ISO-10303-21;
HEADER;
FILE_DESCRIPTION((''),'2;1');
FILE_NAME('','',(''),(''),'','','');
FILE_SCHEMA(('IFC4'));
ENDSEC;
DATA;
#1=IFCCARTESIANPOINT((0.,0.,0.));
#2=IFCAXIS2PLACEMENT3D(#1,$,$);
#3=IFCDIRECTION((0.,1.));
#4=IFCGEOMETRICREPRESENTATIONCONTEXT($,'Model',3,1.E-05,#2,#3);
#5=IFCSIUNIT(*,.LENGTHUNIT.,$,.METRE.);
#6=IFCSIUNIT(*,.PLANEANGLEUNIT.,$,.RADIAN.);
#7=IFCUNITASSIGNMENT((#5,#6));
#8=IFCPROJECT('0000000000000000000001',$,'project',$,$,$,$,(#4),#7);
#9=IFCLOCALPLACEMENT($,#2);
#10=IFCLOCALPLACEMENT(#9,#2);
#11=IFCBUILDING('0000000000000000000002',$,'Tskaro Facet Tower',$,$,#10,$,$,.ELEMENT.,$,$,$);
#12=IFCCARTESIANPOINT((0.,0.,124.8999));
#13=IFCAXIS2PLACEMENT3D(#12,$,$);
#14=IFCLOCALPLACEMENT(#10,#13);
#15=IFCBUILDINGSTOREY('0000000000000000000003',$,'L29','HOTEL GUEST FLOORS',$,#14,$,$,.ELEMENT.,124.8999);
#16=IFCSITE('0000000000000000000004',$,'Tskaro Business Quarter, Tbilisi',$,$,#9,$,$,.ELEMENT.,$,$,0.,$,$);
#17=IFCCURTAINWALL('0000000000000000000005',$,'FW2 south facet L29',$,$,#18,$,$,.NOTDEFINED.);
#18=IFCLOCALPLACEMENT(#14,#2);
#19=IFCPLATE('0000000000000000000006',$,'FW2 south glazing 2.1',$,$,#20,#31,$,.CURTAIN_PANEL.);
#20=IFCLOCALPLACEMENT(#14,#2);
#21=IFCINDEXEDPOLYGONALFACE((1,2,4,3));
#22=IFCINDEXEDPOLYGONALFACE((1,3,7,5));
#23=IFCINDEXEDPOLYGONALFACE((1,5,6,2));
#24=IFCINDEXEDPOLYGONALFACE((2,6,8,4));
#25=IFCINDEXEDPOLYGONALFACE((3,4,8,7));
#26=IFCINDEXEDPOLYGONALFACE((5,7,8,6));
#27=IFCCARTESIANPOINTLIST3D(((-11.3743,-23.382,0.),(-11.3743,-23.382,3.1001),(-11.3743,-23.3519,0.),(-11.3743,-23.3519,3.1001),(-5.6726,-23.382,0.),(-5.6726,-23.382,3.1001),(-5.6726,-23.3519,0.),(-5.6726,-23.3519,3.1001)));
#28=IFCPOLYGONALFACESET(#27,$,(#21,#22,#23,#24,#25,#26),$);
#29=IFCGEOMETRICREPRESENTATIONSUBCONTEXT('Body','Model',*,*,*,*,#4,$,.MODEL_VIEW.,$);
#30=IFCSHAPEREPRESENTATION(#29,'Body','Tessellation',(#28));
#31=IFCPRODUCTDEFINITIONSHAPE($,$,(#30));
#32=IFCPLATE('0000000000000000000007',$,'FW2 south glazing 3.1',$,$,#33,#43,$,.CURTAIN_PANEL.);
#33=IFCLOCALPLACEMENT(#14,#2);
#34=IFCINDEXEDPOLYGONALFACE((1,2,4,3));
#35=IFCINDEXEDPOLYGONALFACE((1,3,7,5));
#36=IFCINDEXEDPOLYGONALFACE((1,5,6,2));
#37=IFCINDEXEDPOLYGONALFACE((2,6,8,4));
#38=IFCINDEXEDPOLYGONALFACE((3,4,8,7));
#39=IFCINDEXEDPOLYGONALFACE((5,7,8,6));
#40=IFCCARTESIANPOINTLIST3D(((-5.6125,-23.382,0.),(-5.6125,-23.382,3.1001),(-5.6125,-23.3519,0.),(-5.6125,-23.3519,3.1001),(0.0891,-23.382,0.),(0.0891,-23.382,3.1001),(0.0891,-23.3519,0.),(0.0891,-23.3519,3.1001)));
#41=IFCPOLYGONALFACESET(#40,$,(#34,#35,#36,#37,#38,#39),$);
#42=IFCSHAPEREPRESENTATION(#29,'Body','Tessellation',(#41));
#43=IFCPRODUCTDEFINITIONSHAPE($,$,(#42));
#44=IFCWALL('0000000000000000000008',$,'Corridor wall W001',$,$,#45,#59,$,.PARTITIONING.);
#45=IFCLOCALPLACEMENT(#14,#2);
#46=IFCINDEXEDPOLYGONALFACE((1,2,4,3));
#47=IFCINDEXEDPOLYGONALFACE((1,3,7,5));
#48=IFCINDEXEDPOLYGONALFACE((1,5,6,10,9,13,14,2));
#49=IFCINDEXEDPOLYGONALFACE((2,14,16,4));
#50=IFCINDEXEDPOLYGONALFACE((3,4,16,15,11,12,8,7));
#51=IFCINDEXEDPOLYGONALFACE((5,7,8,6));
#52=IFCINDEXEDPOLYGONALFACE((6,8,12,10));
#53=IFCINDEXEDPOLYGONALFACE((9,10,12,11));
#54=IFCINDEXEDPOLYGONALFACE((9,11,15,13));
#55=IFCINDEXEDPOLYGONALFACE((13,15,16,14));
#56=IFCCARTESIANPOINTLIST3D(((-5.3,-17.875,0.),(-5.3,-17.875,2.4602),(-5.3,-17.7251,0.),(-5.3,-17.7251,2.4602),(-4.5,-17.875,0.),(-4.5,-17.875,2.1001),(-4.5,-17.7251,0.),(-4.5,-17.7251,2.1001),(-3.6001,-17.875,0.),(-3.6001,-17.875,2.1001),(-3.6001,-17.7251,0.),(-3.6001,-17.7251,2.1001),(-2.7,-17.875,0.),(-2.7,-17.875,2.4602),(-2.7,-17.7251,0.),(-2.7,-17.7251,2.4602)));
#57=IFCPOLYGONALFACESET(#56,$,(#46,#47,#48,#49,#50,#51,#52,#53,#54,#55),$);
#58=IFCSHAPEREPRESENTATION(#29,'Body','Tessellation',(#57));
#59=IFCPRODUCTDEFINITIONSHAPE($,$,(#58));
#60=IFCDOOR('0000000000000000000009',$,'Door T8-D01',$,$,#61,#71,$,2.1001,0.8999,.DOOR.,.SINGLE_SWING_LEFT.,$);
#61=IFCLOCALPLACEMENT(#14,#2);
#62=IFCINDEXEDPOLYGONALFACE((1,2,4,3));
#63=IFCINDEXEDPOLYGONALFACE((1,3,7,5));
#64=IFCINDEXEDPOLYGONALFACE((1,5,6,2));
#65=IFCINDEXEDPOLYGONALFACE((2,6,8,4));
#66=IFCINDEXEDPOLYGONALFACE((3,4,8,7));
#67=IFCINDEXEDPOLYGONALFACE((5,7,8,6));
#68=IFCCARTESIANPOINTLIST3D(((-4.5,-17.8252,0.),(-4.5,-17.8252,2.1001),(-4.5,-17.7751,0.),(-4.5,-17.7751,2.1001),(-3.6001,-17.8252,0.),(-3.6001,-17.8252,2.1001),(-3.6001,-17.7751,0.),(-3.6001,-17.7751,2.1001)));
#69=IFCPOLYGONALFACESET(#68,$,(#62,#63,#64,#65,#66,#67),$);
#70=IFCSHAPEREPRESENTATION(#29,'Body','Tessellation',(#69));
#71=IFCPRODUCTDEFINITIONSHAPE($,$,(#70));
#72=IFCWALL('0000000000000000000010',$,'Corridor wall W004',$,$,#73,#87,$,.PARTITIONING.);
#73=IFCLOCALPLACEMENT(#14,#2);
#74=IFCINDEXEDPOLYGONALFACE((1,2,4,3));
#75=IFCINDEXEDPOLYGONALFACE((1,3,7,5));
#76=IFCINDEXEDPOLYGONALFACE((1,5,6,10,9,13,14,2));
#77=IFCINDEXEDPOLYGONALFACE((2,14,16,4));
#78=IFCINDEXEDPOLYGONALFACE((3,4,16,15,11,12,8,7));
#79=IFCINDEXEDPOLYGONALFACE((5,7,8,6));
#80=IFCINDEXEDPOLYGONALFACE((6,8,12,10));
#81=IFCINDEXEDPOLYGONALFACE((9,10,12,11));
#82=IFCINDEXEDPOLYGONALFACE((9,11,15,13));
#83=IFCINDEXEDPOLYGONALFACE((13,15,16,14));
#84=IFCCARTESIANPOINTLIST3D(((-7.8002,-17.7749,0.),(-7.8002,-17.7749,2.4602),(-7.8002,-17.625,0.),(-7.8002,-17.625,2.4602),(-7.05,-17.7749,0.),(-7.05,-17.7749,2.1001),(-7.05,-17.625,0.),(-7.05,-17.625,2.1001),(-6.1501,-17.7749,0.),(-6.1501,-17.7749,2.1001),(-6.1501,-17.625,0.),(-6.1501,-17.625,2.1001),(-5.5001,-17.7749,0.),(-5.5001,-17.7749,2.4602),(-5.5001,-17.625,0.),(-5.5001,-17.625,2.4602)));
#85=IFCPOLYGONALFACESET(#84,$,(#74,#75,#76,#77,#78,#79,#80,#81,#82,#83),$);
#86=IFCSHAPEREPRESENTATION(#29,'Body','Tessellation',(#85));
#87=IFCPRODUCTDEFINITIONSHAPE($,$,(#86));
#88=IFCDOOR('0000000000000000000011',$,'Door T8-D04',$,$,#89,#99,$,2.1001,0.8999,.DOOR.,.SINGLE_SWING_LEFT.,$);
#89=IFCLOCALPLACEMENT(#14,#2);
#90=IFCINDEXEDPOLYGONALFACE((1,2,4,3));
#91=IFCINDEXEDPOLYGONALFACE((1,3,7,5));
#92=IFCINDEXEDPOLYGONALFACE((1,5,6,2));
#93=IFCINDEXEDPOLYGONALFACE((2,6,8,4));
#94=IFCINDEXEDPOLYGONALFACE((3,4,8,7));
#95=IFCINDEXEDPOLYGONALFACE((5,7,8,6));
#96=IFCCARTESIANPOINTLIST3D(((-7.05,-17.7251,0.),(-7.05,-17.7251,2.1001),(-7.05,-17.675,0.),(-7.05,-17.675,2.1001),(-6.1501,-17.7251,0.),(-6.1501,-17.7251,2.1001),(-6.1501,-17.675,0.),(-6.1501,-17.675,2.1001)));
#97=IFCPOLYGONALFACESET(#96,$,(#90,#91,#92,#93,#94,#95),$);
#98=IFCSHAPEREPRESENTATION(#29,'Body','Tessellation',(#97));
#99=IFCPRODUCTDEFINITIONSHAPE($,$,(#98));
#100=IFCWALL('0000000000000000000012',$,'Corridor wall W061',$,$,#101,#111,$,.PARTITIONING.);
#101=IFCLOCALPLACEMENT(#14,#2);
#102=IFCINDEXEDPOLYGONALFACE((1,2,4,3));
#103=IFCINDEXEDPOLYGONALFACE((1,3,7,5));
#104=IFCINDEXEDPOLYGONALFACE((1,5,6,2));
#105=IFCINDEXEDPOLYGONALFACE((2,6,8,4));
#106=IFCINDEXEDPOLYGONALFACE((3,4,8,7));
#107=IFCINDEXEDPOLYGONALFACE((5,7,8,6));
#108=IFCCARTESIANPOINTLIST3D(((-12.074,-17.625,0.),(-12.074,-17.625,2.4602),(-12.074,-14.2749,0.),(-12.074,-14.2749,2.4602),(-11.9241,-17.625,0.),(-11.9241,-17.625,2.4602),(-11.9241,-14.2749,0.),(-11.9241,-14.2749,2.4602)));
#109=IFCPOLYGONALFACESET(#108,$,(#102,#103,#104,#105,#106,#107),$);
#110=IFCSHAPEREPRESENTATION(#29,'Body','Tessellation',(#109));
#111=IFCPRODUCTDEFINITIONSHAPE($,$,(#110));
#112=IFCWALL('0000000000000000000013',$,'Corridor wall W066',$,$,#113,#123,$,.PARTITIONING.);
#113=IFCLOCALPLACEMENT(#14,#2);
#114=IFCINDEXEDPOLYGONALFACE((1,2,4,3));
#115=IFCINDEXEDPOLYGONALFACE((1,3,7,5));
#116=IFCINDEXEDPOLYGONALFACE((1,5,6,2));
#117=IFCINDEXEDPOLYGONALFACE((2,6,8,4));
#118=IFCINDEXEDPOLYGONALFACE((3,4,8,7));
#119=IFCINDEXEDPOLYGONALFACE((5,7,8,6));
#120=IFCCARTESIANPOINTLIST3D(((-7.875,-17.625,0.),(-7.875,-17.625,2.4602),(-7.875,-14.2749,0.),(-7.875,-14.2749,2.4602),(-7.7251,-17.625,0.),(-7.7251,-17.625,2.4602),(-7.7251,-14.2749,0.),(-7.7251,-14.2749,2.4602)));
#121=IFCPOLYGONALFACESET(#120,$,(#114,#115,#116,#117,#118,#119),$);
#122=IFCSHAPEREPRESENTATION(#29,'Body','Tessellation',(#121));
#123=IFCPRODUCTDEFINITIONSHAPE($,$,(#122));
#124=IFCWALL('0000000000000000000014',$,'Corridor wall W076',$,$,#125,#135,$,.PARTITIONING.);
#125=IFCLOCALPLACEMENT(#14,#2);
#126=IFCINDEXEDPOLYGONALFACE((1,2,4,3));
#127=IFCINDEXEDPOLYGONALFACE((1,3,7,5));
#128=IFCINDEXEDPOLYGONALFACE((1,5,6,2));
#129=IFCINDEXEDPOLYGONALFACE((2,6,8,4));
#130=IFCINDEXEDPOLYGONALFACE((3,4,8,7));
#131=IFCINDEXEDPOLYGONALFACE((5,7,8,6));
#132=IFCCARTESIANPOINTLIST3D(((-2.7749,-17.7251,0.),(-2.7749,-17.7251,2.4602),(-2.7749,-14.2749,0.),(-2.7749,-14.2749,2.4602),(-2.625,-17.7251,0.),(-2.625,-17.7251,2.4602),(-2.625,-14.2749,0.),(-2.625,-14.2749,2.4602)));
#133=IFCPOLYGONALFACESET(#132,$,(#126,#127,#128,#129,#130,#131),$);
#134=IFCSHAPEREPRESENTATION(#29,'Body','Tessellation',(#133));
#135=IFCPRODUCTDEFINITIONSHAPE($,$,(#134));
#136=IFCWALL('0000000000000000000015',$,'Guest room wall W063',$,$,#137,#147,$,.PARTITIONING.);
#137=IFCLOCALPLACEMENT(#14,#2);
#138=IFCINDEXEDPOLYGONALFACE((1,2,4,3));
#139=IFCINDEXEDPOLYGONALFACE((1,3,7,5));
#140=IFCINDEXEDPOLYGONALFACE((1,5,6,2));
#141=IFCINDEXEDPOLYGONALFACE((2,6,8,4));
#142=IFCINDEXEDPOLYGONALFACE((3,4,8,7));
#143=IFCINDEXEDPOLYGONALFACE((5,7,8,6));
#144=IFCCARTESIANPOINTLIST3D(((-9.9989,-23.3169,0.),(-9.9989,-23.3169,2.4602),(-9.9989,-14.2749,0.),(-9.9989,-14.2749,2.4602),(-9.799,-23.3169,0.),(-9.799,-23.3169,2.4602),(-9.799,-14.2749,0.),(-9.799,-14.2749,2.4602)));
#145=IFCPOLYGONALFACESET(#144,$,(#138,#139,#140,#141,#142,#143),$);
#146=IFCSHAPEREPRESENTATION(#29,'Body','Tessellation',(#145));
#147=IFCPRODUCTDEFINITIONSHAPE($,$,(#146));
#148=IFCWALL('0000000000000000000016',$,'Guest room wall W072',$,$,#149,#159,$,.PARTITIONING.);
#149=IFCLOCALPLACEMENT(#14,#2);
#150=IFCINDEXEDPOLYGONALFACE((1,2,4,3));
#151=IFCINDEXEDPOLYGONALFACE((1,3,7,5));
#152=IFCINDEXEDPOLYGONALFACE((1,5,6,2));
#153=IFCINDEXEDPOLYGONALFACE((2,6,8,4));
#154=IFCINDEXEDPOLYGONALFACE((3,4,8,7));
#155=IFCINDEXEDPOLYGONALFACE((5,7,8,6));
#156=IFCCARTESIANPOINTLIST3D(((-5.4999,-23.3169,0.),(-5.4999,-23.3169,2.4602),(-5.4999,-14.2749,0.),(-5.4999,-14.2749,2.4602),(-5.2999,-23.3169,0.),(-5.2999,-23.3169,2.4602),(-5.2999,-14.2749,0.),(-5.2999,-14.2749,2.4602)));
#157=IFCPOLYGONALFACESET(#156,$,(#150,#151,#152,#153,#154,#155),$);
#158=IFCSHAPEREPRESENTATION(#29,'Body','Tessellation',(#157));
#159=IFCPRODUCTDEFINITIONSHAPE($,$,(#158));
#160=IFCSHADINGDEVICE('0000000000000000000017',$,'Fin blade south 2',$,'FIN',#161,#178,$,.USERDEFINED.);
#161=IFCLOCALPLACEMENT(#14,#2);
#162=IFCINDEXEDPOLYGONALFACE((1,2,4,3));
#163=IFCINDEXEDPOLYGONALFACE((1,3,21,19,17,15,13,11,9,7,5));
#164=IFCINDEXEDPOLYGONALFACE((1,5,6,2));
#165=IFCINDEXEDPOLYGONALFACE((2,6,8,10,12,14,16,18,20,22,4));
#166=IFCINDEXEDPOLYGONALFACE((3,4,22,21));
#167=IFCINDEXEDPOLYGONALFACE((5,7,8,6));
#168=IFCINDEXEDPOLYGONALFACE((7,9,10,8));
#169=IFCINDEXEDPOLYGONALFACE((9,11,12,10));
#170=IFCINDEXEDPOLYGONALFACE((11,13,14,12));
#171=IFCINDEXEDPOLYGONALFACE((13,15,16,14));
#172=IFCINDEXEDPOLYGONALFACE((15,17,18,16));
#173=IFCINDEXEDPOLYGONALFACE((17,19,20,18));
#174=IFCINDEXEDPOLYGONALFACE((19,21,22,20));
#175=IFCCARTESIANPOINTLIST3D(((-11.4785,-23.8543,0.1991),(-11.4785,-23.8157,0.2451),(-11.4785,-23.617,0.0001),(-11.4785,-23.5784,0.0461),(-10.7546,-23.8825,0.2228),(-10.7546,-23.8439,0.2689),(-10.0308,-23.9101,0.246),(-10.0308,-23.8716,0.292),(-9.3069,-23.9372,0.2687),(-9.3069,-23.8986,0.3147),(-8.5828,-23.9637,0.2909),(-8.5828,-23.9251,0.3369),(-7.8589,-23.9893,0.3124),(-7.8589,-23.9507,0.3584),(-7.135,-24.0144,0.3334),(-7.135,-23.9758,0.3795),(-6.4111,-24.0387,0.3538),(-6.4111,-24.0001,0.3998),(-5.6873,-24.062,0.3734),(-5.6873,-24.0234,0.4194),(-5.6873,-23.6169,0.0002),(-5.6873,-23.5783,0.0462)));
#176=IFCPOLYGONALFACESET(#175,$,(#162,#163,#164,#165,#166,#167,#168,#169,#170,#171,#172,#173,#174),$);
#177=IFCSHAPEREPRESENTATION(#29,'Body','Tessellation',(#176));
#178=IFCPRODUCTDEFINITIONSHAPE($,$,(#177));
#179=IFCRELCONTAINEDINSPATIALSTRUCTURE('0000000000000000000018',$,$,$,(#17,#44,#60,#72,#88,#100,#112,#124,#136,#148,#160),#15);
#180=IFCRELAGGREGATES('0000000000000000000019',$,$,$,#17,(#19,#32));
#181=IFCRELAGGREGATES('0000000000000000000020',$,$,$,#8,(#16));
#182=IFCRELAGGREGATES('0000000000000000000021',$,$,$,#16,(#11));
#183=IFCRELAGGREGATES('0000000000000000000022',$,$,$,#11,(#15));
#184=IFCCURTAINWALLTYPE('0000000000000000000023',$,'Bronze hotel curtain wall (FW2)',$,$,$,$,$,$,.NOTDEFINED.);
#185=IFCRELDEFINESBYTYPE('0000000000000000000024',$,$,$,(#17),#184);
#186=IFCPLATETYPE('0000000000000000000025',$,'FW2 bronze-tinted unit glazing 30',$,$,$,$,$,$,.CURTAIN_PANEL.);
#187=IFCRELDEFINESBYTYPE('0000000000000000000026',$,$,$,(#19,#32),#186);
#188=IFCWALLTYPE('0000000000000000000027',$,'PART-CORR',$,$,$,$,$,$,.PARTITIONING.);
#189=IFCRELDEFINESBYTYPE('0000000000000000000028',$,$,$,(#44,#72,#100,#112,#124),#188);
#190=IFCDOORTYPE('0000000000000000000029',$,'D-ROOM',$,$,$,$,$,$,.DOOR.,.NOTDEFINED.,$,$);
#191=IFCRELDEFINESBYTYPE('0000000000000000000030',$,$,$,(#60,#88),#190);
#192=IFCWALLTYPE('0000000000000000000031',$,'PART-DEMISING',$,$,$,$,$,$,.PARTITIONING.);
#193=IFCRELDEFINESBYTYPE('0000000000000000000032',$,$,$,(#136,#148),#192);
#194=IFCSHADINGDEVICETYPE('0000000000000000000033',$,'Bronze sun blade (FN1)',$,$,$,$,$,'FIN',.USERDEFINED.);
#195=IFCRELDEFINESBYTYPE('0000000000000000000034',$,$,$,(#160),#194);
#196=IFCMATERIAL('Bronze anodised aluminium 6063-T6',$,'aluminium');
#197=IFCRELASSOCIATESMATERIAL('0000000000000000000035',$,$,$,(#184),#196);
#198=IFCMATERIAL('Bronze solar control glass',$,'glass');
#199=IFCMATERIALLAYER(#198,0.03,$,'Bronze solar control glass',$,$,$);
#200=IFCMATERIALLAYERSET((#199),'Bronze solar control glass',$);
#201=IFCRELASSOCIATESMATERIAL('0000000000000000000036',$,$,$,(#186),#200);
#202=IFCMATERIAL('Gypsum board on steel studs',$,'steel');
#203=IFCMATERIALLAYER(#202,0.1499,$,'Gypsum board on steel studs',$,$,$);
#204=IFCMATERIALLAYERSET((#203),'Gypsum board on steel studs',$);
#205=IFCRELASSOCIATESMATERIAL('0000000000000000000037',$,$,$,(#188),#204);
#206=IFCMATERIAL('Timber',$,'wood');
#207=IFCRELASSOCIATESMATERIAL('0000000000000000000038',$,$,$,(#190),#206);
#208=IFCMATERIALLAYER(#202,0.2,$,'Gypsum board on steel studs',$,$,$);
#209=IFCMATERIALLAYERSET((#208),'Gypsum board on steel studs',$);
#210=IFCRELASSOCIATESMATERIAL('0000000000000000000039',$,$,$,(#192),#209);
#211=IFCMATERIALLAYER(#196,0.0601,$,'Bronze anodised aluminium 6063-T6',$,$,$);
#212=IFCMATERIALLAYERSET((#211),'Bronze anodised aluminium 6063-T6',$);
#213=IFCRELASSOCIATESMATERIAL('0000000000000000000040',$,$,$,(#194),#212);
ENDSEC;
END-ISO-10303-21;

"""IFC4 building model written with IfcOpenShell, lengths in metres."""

from ifc_helpers import new_model, si_unit, direction, frame, frame_2d, origin, origin_2d, place, context, subcontext, project, spatial, polyline, rectangle, outline, extrude, material, layer, layer_set, type_object, element, fill, aggregate, save


model = new_model("IFC4")

# Units and contexts
model_context = context("Model", 3, precision=1e-05, world=origin(), true_north=direction((0.0, 1.0)))
body_context = subcontext(model_context, "Body", "Model", "MODEL_VIEW")
ifc_project = project(units=[si_unit("LENGTHUNIT", "METRE"), si_unit("PLANEANGLEUNIT", "RADIAN")], contexts=[model_context])

# Site, building, storey
site_placement = place(None, origin())
site = spatial("IfcSite", under=ifc_project, at=site_placement, Name="Tskaro Business Quarter, Tbilisi", CompositionType="ELEMENT", RefElevation=0.0)
building_placement = place(site_placement, origin())
building = spatial("IfcBuilding", under=site, at=building_placement, Name="Tskaro Facet Tower", CompositionType="ELEMENT")
storey_placement = place(building_placement, frame((0.0, 0.0, 124.8999)))
storey = spatial("IfcBuildingStorey", under=building, at=storey_placement, Name="L29", Description="HOTEL GUEST FLOORS", CompositionType="ELEMENT", Elevation=124.8999)

# Curtain wall
ifc_material_1 = material(Name="Bronze anodised aluminium 6063-T6", Category="aluminium")
curtain_wall_type = type_object("IfcCurtainWallType", Name="Bronze hotel curtain wall (FW2)", PredefinedType="NOTDEFINED", material=ifc_material_1)
curtain_wall_placement = place(storey_placement, origin())
curtain_wall = element("IfcCurtainWall", 1, at=curtain_wall_placement, inside=storey, type_object=curtain_wall_type, Name="FW2 south facet L29", PredefinedType="NOTDEFINED")

# Plates
ifc_material_2 = material(Name="Bronze solar control glass", Category="glass")
ifc_layer_1 = layer(ifc_material_2, 0.03, Name="Bronze solar control glass")
ifc_layer_set_1 = layer_set([ifc_layer_1], Name="Bronze solar control glass")
plate_type = type_object("IfcPlateType", Name="FW2 bronze-tinted unit glazing 30", PredefinedType="CURTAIN_PANEL", material=ifc_layer_set_1)
plate_1_placement = place(storey_placement, frame((-8.5234, -23.3669, 0.0), z_axis=(0.0, 0.0, 1.0), x_axis=(1.0, 0.0, 0.0)))
plate_1 = element("IfcPlate", 2, at=plate_1_placement, type_object=plate_type, Name="FW2 south glazing 2.1", PredefinedType="CURTAIN_PANEL", context=body_context, shape_type="SweptSolid", body=[
    extrude(rectangle(XDim=5.7017, YDim=0.03, at=origin_2d()), origin(), (0.0, 0.0, 1.0), 3.1001),
])
plate_2_placement = place(storey_placement, frame((-2.7617, -23.3669, 0.0), z_axis=(0.0, 0.0, 1.0), x_axis=(1.0, 0.0, 0.0)))
plate_2 = element("IfcPlate", 3, at=plate_2_placement, type_object=plate_type, Name="FW2 south glazing 3.1", PredefinedType="CURTAIN_PANEL", context=body_context, shape_type="SweptSolid", body=[
    extrude(rectangle(XDim=5.7017, YDim=0.03, at=origin_2d()), origin(), (0.0, 0.0, 1.0), 3.1001),
])
aggregate(curtain_wall, [plate_1, plate_2])

# Walls, openings, doors
ifc_material_3 = material(Name="Gypsum board on steel studs", Category="steel")
ifc_layer_2 = layer(ifc_material_3, 0.1499, Name="Gypsum board on steel studs")
ifc_layer_set_2 = layer_set([ifc_layer_2], Name="Gypsum board on steel studs")
wall_type_1 = type_object("IfcWallType", Name="PART-CORR", PredefinedType="PARTITIONING", material=ifc_layer_set_2)
wall_1_placement = place(storey_placement, frame((-5.3, -17.8, 0.0), z_axis=(0.0, 0.0, 1.0), x_axis=(1.0, 0.0, 0.0)))
wall_1 = element("IfcWall", 4, at=wall_1_placement, inside=storey, type_object=wall_type_1, Name="Corridor wall W001", PredefinedType="PARTITIONING", context=body_context, shape_type="SweptSolid", body=[
    extrude(rectangle(XDim=2.6001, YDim=0.1499, at=frame_2d((1.3, 0.0))), origin(), (0.0, 0.0, 1.0), 2.4602),
])
opening_1_placement = place(wall_1_placement, frame((0.8, 0.0, 0.0)))
opening_1 = element("IfcOpeningElement", 5, at=opening_1_placement, cuts=wall_1, PredefinedType="OPENING", context=body_context, shape_type="SweptSolid", body=[
    extrude(rectangle(XDim=0.8999, YDim=2.1001, at=frame_2d((0.45, 1.05))), frame((0.0, 0.085, 0.0), z_axis=(0.0, -1.0, 0.0), x_axis=(1.0, 0.0, 0.0)), (0.0, 0.0, 1.0), 0.1699),
])
ifc_material_4 = material(Name="Timber", Category="wood")
door_type = type_object("IfcDoorType", Name="D-ROOM", OperationType="NOTDEFINED", PredefinedType="DOOR", material=ifc_material_4)
door_1_placement = place(opening_1_placement, origin())
door_1 = element("IfcDoor", 6, at=door_1_placement, inside=storey, type_object=door_type, Name="Door T8-D01", OperationType="SINGLE_SWING_LEFT", OverallHeight=2.1001, OverallWidth=0.8999, PredefinedType="DOOR", context=body_context, shape_type="SweptSolid", body=[
    extrude(rectangle(XDim=0.8999, YDim=2.1001, at=frame_2d((0.45, 1.05))), frame((0.0, 0.0249, 0.0), z_axis=(0.0, -1.0, 0.0), x_axis=(1.0, 0.0, 0.0)), (0.0, 0.0, 1.0), 0.05),
])
fill(opening_1, door_1)
wall_2_placement = place(storey_placement, frame((-7.8, -17.7, 0.0), z_axis=(0.0, 0.0, 1.0), x_axis=(1.0, 0.0, 0.0)))
wall_2 = element("IfcWall", 7, at=wall_2_placement, inside=storey, type_object=wall_type_1, Name="Corridor wall W004", PredefinedType="PARTITIONING", context=body_context, shape_type="SweptSolid", body=[
    extrude(rectangle(XDim=2.3, YDim=0.1499, at=frame_2d((1.1499, 0.0))), origin(), (0.0, 0.0, 1.0), 2.4602),
])
opening_2_placement = place(wall_2_placement, frame((0.75, 0.0, 0.0)))
opening_2 = element("IfcOpeningElement", 8, at=opening_2_placement, cuts=wall_2, PredefinedType="OPENING", context=body_context, shape_type="SweptSolid", body=[
    extrude(rectangle(XDim=0.8999, YDim=2.1001, at=frame_2d((0.45, 1.05))), frame((0.0, 0.085, 0.0), z_axis=(0.0, -1.0, 0.0), x_axis=(1.0, 0.0, 0.0)), (0.0, 0.0, 1.0), 0.1699),
])
door_2_placement = place(opening_2_placement, origin())
door_2 = element("IfcDoor", 9, at=door_2_placement, inside=storey, type_object=door_type, Name="Door T8-D04", OperationType="SINGLE_SWING_LEFT", OverallHeight=2.1001, OverallWidth=0.8999, PredefinedType="DOOR", context=body_context, shape_type="SweptSolid", body=[
    extrude(rectangle(XDim=0.8999, YDim=2.1001, at=frame_2d((0.45, 1.05))), frame((0.0, 0.0249, 0.0), z_axis=(0.0, -1.0, 0.0), x_axis=(1.0, 0.0, 0.0)), (0.0, 0.0, 1.0), 0.05),
])
fill(opening_2, door_2)

# Walls
for number, where, z_axis, x_axis, name in (
    (10, (-11.999, -17.625, 0.0), (0.0, 0.0, 1.0), (0.0, 1.0, 0.0), "Corridor wall W061"),
    (11, (-7.8, -17.625, 0.0), (0.0, 0.0, 1.0), (0.0, 1.0, 0.0), "Corridor wall W066"),
):
    element("IfcWall", number, at=place(storey_placement, frame(where, z_axis=z_axis, x_axis=x_axis)), inside=storey, type_object=wall_type_1, Name=name, PredefinedType="PARTITIONING", context=body_context, shape_type="SweptSolid", body=[
        extrude(rectangle(XDim=3.3501, YDim=0.1499, at=frame_2d((1.675, 0.0))), origin(), (0.0, 0.0, 1.0), 2.4602),
    ])
wall_3_placement = place(storey_placement, frame((-2.7, -17.7251, 0.0), z_axis=(0.0, 0.0, 1.0), x_axis=(0.0, 1.0, 0.0)))
element("IfcWall", 12, at=wall_3_placement, inside=storey, type_object=wall_type_1, Name="Corridor wall W076", PredefinedType="PARTITIONING", context=body_context, shape_type="SweptSolid", body=[
    extrude(rectangle(XDim=3.4502, YDim=0.1499, at=frame_2d((1.7251, 0.0))), origin(), (0.0, 0.0, 1.0), 2.4602),
])
ifc_layer_3 = layer(ifc_material_3, 0.2, Name="Gypsum board on steel studs")
ifc_layer_set_3 = layer_set([ifc_layer_3], Name="Gypsum board on steel studs")
wall_type_2 = type_object("IfcWallType", Name="PART-DEMISING", PredefinedType="PARTITIONING", material=ifc_layer_set_3)
for number, where, z_axis, x_axis, name in (
    (13, (-9.8989, -23.3169, 0.0), (0.0, 0.0, 1.0), (0.0, 1.0, 0.0), "Guest room wall W063"),
    (14, (-5.3999, -23.3169, 0.0), (0.0, 0.0, 1.0), (0.0, 1.0, 0.0), "Guest room wall W072"),
):
    element("IfcWall", number, at=place(storey_placement, frame(where, z_axis=z_axis, x_axis=x_axis)), inside=storey, type_object=wall_type_2, Name=name, PredefinedType="PARTITIONING", context=body_context, shape_type="SweptSolid", body=[
        extrude(rectangle(XDim=9.042, YDim=0.2, at=frame_2d((4.521, 0.0))), origin(), (0.0, 0.0, 1.0), 2.4602),
    ])

# Shading device
ifc_layer_4 = layer(ifc_material_1, 0.0601, Name="Bronze anodised aluminium 6063-T6")
ifc_layer_set_4 = layer_set([ifc_layer_4], Name="Bronze anodised aluminium 6063-T6")
shading_device_type = type_object("IfcShadingDeviceType", Name="Bronze sun blade (FN1)", ElementType="FIN", PredefinedType="USERDEFINED", material=ifc_layer_set_4)
shading_device_1_placement = place(storey_placement, frame((-11.4785, -23.5784, 0.0461), z_axis=(-0.000006, 0.642566, 0.76623), x_axis=(1.0, 0.000004, 0.000005)))
element("IfcShadingDevice", 15, at=shading_device_1_placement, inside=storey, type_object=shading_device_type, Name="Fin blade south 2", ObjectType="FIN", PredefinedType="USERDEFINED", context=body_context, shape_type="SweptSolid", body=[
    extrude(outline(polyline([(0.0, 0.0), (5.7913, 0.0), (5.7913, -0.5809), (5.0674, -0.5504), (4.3435, -0.5187), (3.6196, -0.4859), (2.8958, -0.4525), (2.1716, -0.418), (1.4478, -0.3826), (0.7239, -0.3466), (0.0, -0.3097), (0.0, 0.0)])), origin(), (0.0, 0.0, -1.0), 0.0601),
])

save(model, "model.ifc")
